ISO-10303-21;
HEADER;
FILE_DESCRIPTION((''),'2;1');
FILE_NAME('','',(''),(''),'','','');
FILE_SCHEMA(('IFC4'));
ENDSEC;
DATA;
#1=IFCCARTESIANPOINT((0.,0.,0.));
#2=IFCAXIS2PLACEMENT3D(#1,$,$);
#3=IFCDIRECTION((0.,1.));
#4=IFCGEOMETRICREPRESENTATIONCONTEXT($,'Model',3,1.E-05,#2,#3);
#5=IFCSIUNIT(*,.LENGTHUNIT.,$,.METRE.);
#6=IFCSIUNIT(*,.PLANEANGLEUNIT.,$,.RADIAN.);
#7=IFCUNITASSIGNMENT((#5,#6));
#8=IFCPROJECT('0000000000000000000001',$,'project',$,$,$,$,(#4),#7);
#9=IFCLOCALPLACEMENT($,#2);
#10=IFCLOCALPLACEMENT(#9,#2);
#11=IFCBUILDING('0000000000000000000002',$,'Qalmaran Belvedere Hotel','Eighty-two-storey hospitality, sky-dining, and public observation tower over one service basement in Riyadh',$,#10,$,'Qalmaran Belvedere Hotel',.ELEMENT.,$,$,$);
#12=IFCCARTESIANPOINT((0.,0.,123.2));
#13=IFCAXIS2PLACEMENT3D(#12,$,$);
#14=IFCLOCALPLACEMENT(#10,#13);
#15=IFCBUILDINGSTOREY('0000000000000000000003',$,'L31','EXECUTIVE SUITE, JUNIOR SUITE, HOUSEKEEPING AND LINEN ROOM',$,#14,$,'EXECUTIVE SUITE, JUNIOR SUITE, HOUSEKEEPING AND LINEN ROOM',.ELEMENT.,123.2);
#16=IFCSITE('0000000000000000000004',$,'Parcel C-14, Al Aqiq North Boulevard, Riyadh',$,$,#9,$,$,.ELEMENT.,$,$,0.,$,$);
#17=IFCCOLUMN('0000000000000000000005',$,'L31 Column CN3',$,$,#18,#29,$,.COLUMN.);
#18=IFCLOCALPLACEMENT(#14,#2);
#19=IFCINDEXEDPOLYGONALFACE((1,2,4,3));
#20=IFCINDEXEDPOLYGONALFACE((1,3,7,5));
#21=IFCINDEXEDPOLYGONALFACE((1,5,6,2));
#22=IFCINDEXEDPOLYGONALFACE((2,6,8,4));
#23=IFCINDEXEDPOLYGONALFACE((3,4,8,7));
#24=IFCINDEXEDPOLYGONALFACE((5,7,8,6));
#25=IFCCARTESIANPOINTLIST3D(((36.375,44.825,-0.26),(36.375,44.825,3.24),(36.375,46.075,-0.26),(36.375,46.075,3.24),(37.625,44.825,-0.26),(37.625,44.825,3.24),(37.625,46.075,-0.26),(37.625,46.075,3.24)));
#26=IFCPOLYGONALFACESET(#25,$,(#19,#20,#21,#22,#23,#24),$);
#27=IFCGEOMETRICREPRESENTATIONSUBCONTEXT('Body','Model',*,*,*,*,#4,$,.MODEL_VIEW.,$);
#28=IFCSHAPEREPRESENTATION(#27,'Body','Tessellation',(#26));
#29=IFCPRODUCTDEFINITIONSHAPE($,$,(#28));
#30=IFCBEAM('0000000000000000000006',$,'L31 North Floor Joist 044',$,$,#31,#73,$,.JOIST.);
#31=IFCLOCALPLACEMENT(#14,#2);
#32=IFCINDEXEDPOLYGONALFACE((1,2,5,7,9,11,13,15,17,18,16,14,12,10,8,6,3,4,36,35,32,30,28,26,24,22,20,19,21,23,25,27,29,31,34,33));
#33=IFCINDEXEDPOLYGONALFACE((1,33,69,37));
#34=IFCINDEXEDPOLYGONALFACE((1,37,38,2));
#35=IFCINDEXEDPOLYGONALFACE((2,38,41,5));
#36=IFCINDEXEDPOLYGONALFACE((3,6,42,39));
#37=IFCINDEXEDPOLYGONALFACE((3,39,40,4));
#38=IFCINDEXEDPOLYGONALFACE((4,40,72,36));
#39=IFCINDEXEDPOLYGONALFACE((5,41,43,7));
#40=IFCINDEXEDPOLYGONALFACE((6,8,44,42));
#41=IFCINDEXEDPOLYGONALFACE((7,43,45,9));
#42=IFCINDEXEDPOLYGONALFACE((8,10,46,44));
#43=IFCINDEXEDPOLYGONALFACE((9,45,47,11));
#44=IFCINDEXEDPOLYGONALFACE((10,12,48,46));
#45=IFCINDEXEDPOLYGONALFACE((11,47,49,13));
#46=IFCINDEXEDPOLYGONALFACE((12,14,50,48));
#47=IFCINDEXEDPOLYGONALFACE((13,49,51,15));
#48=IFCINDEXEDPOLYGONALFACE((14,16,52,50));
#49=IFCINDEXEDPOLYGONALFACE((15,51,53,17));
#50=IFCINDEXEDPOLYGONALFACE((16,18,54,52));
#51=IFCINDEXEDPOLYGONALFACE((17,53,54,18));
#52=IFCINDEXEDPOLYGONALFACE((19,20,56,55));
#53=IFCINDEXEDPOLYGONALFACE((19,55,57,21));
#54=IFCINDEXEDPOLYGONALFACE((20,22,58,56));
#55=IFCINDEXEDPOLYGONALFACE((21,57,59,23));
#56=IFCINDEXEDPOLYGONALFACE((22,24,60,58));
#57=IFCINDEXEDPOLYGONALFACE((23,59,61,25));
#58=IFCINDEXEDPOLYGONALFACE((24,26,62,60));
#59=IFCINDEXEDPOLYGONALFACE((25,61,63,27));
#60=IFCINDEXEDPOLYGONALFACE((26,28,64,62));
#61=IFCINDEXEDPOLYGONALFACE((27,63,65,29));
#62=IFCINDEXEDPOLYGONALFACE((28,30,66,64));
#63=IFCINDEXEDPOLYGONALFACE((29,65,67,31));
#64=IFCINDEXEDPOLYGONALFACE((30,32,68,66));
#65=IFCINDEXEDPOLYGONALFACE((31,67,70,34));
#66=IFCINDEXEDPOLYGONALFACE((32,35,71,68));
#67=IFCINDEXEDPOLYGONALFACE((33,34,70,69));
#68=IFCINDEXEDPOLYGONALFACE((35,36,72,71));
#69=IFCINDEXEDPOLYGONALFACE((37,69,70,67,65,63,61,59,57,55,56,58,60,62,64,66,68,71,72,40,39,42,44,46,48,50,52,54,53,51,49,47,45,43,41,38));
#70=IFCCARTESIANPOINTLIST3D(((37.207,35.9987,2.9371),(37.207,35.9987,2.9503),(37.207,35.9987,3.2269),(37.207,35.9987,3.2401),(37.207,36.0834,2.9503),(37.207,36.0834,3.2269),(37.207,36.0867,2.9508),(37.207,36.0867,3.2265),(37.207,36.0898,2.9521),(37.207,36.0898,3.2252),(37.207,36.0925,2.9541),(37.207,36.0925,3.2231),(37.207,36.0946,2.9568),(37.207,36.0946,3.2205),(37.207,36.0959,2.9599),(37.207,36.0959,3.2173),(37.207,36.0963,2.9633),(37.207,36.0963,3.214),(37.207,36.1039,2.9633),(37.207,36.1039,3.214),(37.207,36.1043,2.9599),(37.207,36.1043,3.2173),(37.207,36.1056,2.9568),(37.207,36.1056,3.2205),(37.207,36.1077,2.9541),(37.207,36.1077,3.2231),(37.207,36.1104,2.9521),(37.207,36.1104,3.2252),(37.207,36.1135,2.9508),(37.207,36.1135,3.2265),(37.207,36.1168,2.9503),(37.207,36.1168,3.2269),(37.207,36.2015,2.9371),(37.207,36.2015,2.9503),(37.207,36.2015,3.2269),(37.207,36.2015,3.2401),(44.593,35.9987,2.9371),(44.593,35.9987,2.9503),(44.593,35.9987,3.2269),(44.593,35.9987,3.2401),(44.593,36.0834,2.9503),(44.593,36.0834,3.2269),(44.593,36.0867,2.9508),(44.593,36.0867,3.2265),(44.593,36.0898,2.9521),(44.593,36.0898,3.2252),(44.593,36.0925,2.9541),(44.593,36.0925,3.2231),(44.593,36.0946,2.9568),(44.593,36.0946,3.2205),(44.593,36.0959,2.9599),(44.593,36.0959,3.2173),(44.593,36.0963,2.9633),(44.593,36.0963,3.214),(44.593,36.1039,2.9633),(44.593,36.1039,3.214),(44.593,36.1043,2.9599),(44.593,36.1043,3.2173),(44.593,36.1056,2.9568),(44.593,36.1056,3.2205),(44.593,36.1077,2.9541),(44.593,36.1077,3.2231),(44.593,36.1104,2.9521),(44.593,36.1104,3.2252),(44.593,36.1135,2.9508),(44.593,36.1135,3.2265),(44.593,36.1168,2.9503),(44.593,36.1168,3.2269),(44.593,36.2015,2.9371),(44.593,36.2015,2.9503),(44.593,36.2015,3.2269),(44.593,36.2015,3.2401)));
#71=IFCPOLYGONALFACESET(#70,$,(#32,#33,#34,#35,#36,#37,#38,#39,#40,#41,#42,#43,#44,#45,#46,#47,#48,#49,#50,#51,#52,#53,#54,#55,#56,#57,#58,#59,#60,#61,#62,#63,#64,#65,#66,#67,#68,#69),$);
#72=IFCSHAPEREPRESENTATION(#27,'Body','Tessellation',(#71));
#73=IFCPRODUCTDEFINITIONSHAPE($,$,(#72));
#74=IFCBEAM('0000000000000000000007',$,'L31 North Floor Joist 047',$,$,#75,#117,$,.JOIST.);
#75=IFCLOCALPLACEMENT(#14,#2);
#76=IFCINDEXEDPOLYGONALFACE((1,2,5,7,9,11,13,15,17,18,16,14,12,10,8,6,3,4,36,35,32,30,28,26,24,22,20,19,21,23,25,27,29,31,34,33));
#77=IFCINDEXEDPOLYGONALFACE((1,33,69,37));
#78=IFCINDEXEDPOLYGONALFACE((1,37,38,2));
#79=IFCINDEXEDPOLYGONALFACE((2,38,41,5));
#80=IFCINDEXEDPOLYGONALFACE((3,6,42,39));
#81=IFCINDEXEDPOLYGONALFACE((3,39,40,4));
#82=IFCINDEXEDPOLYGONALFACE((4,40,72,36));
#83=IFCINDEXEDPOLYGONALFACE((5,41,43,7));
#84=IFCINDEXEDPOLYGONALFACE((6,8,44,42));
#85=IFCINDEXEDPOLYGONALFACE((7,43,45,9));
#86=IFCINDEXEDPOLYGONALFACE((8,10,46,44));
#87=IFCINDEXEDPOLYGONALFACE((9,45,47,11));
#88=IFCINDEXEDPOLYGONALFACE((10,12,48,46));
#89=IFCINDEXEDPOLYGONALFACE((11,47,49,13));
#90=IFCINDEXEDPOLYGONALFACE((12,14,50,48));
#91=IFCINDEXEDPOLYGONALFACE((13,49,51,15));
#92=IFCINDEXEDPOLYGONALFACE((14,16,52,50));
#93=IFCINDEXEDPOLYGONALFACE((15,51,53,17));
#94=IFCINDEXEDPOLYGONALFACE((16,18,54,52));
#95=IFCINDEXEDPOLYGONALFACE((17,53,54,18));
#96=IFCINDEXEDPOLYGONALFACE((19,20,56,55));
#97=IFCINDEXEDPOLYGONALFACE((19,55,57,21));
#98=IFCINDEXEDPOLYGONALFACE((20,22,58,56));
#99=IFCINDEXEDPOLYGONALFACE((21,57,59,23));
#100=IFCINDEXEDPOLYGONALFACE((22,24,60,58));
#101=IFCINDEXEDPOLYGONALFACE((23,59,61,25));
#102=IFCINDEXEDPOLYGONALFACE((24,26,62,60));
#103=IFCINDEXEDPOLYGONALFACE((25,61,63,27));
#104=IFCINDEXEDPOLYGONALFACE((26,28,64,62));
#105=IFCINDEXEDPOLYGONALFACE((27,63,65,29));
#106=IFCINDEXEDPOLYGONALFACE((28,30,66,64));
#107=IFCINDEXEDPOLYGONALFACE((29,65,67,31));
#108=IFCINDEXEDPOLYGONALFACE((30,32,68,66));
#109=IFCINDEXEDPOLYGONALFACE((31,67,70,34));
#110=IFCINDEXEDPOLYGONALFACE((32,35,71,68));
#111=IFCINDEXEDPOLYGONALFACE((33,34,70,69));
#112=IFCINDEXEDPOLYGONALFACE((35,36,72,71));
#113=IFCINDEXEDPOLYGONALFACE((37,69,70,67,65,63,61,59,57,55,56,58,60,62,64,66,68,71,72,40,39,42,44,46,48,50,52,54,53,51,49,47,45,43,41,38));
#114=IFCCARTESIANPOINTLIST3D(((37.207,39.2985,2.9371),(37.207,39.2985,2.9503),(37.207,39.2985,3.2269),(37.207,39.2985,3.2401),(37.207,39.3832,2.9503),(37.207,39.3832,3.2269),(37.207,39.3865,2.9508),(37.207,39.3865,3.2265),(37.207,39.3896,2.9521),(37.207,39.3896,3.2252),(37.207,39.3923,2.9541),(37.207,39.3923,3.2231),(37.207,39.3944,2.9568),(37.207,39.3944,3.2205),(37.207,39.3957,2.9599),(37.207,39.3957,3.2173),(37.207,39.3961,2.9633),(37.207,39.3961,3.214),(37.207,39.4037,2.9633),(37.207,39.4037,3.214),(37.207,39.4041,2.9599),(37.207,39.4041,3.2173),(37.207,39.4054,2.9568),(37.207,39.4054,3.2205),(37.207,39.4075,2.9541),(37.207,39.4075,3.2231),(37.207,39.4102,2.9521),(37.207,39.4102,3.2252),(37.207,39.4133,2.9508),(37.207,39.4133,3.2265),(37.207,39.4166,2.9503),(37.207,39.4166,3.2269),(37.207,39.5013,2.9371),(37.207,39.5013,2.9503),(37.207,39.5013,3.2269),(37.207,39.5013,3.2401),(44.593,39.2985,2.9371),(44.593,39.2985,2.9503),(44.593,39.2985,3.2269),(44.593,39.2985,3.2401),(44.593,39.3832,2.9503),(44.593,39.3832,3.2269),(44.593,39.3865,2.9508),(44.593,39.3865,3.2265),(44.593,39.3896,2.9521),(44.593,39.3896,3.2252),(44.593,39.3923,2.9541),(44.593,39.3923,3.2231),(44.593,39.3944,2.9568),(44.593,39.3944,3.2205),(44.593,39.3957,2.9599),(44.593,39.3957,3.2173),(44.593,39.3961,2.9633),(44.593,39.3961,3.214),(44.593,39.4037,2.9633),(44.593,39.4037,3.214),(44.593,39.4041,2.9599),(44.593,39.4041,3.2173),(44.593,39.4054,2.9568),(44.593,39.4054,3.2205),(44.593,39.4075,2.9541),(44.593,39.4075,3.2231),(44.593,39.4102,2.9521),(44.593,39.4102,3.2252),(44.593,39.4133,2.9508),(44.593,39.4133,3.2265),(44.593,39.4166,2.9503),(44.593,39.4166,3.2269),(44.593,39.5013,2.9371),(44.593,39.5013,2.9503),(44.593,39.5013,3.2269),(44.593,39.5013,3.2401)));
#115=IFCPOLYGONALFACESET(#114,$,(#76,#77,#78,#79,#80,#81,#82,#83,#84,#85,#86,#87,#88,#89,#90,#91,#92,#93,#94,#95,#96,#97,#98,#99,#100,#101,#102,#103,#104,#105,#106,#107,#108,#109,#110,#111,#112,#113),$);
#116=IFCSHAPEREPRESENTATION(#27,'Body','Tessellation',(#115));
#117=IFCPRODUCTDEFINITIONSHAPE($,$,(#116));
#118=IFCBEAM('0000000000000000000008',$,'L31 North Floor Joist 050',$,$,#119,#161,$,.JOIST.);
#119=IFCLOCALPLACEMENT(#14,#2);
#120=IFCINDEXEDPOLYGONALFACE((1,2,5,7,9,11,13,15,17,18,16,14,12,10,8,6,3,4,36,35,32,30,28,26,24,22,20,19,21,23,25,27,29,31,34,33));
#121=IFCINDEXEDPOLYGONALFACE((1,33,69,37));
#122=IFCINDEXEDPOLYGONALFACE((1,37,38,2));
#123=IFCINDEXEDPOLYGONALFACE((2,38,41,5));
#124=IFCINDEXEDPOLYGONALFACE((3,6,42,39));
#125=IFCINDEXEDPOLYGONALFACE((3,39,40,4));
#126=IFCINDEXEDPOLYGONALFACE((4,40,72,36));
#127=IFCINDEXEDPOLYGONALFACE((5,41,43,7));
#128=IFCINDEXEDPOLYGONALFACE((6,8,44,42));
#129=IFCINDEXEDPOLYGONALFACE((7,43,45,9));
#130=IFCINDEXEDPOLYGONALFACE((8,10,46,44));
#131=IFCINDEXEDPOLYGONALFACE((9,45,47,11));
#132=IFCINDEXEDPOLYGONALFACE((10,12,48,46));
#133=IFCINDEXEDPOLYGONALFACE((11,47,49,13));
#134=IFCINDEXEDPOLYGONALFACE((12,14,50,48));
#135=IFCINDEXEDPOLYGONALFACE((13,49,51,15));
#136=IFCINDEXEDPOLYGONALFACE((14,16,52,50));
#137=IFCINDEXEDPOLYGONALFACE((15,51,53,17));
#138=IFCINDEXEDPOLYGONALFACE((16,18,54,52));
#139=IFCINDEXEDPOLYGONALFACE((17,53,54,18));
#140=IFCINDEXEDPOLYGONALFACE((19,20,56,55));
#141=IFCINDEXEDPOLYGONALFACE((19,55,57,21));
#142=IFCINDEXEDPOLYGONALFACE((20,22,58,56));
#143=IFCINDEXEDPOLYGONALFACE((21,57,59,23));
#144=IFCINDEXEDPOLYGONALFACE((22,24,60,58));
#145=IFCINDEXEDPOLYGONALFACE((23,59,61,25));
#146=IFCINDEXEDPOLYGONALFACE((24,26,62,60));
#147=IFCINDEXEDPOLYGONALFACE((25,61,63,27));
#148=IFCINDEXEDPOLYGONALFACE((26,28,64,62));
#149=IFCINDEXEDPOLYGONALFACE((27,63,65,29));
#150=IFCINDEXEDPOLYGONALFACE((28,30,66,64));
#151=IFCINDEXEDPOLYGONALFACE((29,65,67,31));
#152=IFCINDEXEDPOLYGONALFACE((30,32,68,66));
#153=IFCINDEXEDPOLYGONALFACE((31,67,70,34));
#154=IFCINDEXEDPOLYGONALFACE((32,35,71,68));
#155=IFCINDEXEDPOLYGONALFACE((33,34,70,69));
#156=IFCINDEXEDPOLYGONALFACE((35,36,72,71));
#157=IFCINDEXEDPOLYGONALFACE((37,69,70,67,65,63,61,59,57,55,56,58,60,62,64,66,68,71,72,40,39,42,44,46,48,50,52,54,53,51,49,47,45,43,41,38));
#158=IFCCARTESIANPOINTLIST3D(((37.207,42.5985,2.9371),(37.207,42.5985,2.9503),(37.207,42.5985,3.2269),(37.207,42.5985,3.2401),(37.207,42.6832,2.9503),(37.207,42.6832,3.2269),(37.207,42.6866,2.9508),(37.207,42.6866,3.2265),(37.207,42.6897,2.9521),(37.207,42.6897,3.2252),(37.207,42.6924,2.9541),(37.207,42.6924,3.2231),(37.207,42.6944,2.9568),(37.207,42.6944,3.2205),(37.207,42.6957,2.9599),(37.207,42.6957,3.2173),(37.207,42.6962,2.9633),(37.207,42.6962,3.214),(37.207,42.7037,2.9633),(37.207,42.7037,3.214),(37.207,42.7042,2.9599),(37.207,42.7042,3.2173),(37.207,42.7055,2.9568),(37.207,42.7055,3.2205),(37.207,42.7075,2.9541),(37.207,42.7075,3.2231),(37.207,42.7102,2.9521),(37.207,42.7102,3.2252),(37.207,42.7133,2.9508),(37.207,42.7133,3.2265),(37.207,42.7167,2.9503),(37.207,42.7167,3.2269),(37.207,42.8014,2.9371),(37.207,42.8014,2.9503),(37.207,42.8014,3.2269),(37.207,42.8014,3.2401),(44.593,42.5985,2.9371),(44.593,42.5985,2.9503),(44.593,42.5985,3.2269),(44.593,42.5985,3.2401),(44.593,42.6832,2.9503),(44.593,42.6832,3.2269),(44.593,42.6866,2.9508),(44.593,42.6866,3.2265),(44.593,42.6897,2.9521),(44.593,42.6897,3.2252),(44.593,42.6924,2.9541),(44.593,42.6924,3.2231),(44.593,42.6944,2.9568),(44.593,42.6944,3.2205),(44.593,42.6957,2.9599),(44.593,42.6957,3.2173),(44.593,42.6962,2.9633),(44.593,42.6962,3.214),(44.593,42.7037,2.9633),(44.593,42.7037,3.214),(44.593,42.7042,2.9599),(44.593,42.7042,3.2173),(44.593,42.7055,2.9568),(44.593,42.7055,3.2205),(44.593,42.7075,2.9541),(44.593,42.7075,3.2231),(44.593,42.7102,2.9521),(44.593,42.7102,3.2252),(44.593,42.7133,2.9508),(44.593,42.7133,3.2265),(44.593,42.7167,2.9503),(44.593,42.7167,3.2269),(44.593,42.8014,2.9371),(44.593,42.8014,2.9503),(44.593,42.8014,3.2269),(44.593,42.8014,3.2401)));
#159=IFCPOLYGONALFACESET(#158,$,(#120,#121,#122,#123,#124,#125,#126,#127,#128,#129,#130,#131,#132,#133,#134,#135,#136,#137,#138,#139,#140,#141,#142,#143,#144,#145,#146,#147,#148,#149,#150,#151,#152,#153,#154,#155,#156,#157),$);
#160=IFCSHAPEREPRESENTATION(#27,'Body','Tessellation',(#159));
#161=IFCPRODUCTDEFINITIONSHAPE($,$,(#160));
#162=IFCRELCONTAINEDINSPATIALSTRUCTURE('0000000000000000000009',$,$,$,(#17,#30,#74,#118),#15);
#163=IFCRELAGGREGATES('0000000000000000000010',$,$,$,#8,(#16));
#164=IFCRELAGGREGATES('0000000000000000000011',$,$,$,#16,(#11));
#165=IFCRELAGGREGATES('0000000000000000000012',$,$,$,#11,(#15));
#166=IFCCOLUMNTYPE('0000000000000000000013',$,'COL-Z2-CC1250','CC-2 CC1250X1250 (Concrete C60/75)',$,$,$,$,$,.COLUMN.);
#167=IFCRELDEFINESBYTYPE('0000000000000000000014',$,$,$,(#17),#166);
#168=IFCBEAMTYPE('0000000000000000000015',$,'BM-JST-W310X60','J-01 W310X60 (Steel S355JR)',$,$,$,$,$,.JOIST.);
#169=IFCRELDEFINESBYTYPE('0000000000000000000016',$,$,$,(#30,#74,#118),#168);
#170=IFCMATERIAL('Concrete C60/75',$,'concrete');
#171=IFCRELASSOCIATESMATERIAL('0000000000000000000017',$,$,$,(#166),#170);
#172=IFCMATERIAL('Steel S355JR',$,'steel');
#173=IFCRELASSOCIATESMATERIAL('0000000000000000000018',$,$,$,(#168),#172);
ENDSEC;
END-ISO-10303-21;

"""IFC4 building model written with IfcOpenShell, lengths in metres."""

from ifc_helpers import new_model, si_unit, direction, frame, origin, origin_2d, place, context, subcontext, project, spatial, rectangle, i_section, extrude, material, material_profile, profile_set, type_object, element, save


model = new_model("IFC4")

# Units and contexts
model_context = context("Model", 3, precision=1e-05, world=origin(), true_north=direction((0.0, 1.0)))
body_context = subcontext(model_context, "Body", "Model", "MODEL_VIEW")
ifc_project = project(units=[si_unit("LENGTHUNIT", "METRE"), si_unit("PLANEANGLEUNIT", "RADIAN")], contexts=[model_context])

# Site, building, storey
site_placement = place(None, origin())
site = spatial("IfcSite", under=ifc_project, at=site_placement, Name="Parcel C-14, Al Aqiq North Boulevard, Riyadh", CompositionType="ELEMENT", RefElevation=0.0)
building_placement = place(site_placement, origin())
building = spatial("IfcBuilding", under=site, at=building_placement, Name="Qalmaran Belvedere Hotel", Description="Eighty-two-storey hospitality, sky-dining, and public observation tower over one service basement in Riyadh", LongName="Qalmaran Belvedere Hotel", CompositionType="ELEMENT")
storey_placement = place(building_placement, frame((0.0, 0.0, 123.2)))
storey = spatial("IfcBuildingStorey", under=building, at=storey_placement, Name="L31", Description="EXECUTIVE SUITE, JUNIOR SUITE, HOUSEKEEPING AND LINEN ROOM", LongName="EXECUTIVE SUITE, JUNIOR SUITE, HOUSEKEEPING AND LINEN ROOM", CompositionType="ELEMENT", Elevation=123.2)

# Column
ifc_material_1 = material(Name="Concrete C60/75", Category="concrete")
ifc_material_profile_1 = material_profile(ifc_material_1, rectangle(XDim=1.25, YDim=1.25, at=origin_2d()), Name="CC1250X1250")
ifc_profile_set_1 = profile_set([ifc_material_profile_1], Name="Concrete C60/75")
column_type = type_object("IfcColumnType", Name="COL-Z2-CC1250", Description="CC-2 CC1250X1250 (Concrete C60/75)", PredefinedType="COLUMN", material=ifc_profile_set_1)
column_placement = place(storey_placement, frame((37.0, 45.45, -0.26), z_axis=(0.0, 0.0, 1.0), x_axis=(1.0, 0.0, 0.0)))
element("IfcColumn", 1, at=column_placement, inside=storey, type_object=column_type, Name="L31 Column CN3", PredefinedType="COLUMN", context=body_context, shape_type="SweptSolid", body=[
    extrude(rectangle(XDim=1.25, YDim=1.25, at=origin_2d()), origin(), (0.0, 0.0, 1.0), 3.5),
])

# Beams
ifc_material_2 = material(Name="Steel S355JR", Category="steel")
ifc_material_profile_2 = material_profile(ifc_material_2, i_section(OverallWidth=0.2029, OverallDepth=0.303, WebThickness=0.0076, FlangeThickness=0.0132, FilletRadius=0.0129, at=origin_2d()), Name="W310X60")
ifc_profile_set_2 = profile_set([ifc_material_profile_2], Name="Steel S355JR")
beam_type_1 = type_object("IfcBeamType", Name="BM-JST-W310X60", Description="J-01 W310X60 (Steel S355JR)", PredefinedType="JOIST", material=ifc_profile_set_2)
for number, where, z_axis, x_axis, name in (
    (2, (37.207, 36.1001, 3.0886), (1.0, 0.0, 0.0), (0.0, 1.0, 0.0), "L31 North Floor Joist 044"),
    (3, (37.207, 39.3999, 3.0886), (1.0, 0.0, 0.0), (0.0, 1.0, 0.0), "L31 North Floor Joist 047"),
    (4, (37.207, 42.7, 3.0886), (1.0, 0.0, 0.0), (0.0, 1.0, 0.0), "L31 North Floor Joist 050"),
):
    element("IfcBeam", number, at=place(storey_placement, frame(where, z_axis=z_axis, x_axis=x_axis)), inside=storey, type_object=beam_type_1, Name=name, PredefinedType="JOIST", context=body_context, shape_type="SweptSolid", body=[
        extrude(i_section(OverallWidth=0.2029, OverallDepth=0.303, WebThickness=0.0076, FlangeThickness=0.0132, FilletRadius=0.0129, at=origin_2d()), origin(), (0.0, 0.0, 1.0), 7.386),
    ])

save(model, "model.ifc")
